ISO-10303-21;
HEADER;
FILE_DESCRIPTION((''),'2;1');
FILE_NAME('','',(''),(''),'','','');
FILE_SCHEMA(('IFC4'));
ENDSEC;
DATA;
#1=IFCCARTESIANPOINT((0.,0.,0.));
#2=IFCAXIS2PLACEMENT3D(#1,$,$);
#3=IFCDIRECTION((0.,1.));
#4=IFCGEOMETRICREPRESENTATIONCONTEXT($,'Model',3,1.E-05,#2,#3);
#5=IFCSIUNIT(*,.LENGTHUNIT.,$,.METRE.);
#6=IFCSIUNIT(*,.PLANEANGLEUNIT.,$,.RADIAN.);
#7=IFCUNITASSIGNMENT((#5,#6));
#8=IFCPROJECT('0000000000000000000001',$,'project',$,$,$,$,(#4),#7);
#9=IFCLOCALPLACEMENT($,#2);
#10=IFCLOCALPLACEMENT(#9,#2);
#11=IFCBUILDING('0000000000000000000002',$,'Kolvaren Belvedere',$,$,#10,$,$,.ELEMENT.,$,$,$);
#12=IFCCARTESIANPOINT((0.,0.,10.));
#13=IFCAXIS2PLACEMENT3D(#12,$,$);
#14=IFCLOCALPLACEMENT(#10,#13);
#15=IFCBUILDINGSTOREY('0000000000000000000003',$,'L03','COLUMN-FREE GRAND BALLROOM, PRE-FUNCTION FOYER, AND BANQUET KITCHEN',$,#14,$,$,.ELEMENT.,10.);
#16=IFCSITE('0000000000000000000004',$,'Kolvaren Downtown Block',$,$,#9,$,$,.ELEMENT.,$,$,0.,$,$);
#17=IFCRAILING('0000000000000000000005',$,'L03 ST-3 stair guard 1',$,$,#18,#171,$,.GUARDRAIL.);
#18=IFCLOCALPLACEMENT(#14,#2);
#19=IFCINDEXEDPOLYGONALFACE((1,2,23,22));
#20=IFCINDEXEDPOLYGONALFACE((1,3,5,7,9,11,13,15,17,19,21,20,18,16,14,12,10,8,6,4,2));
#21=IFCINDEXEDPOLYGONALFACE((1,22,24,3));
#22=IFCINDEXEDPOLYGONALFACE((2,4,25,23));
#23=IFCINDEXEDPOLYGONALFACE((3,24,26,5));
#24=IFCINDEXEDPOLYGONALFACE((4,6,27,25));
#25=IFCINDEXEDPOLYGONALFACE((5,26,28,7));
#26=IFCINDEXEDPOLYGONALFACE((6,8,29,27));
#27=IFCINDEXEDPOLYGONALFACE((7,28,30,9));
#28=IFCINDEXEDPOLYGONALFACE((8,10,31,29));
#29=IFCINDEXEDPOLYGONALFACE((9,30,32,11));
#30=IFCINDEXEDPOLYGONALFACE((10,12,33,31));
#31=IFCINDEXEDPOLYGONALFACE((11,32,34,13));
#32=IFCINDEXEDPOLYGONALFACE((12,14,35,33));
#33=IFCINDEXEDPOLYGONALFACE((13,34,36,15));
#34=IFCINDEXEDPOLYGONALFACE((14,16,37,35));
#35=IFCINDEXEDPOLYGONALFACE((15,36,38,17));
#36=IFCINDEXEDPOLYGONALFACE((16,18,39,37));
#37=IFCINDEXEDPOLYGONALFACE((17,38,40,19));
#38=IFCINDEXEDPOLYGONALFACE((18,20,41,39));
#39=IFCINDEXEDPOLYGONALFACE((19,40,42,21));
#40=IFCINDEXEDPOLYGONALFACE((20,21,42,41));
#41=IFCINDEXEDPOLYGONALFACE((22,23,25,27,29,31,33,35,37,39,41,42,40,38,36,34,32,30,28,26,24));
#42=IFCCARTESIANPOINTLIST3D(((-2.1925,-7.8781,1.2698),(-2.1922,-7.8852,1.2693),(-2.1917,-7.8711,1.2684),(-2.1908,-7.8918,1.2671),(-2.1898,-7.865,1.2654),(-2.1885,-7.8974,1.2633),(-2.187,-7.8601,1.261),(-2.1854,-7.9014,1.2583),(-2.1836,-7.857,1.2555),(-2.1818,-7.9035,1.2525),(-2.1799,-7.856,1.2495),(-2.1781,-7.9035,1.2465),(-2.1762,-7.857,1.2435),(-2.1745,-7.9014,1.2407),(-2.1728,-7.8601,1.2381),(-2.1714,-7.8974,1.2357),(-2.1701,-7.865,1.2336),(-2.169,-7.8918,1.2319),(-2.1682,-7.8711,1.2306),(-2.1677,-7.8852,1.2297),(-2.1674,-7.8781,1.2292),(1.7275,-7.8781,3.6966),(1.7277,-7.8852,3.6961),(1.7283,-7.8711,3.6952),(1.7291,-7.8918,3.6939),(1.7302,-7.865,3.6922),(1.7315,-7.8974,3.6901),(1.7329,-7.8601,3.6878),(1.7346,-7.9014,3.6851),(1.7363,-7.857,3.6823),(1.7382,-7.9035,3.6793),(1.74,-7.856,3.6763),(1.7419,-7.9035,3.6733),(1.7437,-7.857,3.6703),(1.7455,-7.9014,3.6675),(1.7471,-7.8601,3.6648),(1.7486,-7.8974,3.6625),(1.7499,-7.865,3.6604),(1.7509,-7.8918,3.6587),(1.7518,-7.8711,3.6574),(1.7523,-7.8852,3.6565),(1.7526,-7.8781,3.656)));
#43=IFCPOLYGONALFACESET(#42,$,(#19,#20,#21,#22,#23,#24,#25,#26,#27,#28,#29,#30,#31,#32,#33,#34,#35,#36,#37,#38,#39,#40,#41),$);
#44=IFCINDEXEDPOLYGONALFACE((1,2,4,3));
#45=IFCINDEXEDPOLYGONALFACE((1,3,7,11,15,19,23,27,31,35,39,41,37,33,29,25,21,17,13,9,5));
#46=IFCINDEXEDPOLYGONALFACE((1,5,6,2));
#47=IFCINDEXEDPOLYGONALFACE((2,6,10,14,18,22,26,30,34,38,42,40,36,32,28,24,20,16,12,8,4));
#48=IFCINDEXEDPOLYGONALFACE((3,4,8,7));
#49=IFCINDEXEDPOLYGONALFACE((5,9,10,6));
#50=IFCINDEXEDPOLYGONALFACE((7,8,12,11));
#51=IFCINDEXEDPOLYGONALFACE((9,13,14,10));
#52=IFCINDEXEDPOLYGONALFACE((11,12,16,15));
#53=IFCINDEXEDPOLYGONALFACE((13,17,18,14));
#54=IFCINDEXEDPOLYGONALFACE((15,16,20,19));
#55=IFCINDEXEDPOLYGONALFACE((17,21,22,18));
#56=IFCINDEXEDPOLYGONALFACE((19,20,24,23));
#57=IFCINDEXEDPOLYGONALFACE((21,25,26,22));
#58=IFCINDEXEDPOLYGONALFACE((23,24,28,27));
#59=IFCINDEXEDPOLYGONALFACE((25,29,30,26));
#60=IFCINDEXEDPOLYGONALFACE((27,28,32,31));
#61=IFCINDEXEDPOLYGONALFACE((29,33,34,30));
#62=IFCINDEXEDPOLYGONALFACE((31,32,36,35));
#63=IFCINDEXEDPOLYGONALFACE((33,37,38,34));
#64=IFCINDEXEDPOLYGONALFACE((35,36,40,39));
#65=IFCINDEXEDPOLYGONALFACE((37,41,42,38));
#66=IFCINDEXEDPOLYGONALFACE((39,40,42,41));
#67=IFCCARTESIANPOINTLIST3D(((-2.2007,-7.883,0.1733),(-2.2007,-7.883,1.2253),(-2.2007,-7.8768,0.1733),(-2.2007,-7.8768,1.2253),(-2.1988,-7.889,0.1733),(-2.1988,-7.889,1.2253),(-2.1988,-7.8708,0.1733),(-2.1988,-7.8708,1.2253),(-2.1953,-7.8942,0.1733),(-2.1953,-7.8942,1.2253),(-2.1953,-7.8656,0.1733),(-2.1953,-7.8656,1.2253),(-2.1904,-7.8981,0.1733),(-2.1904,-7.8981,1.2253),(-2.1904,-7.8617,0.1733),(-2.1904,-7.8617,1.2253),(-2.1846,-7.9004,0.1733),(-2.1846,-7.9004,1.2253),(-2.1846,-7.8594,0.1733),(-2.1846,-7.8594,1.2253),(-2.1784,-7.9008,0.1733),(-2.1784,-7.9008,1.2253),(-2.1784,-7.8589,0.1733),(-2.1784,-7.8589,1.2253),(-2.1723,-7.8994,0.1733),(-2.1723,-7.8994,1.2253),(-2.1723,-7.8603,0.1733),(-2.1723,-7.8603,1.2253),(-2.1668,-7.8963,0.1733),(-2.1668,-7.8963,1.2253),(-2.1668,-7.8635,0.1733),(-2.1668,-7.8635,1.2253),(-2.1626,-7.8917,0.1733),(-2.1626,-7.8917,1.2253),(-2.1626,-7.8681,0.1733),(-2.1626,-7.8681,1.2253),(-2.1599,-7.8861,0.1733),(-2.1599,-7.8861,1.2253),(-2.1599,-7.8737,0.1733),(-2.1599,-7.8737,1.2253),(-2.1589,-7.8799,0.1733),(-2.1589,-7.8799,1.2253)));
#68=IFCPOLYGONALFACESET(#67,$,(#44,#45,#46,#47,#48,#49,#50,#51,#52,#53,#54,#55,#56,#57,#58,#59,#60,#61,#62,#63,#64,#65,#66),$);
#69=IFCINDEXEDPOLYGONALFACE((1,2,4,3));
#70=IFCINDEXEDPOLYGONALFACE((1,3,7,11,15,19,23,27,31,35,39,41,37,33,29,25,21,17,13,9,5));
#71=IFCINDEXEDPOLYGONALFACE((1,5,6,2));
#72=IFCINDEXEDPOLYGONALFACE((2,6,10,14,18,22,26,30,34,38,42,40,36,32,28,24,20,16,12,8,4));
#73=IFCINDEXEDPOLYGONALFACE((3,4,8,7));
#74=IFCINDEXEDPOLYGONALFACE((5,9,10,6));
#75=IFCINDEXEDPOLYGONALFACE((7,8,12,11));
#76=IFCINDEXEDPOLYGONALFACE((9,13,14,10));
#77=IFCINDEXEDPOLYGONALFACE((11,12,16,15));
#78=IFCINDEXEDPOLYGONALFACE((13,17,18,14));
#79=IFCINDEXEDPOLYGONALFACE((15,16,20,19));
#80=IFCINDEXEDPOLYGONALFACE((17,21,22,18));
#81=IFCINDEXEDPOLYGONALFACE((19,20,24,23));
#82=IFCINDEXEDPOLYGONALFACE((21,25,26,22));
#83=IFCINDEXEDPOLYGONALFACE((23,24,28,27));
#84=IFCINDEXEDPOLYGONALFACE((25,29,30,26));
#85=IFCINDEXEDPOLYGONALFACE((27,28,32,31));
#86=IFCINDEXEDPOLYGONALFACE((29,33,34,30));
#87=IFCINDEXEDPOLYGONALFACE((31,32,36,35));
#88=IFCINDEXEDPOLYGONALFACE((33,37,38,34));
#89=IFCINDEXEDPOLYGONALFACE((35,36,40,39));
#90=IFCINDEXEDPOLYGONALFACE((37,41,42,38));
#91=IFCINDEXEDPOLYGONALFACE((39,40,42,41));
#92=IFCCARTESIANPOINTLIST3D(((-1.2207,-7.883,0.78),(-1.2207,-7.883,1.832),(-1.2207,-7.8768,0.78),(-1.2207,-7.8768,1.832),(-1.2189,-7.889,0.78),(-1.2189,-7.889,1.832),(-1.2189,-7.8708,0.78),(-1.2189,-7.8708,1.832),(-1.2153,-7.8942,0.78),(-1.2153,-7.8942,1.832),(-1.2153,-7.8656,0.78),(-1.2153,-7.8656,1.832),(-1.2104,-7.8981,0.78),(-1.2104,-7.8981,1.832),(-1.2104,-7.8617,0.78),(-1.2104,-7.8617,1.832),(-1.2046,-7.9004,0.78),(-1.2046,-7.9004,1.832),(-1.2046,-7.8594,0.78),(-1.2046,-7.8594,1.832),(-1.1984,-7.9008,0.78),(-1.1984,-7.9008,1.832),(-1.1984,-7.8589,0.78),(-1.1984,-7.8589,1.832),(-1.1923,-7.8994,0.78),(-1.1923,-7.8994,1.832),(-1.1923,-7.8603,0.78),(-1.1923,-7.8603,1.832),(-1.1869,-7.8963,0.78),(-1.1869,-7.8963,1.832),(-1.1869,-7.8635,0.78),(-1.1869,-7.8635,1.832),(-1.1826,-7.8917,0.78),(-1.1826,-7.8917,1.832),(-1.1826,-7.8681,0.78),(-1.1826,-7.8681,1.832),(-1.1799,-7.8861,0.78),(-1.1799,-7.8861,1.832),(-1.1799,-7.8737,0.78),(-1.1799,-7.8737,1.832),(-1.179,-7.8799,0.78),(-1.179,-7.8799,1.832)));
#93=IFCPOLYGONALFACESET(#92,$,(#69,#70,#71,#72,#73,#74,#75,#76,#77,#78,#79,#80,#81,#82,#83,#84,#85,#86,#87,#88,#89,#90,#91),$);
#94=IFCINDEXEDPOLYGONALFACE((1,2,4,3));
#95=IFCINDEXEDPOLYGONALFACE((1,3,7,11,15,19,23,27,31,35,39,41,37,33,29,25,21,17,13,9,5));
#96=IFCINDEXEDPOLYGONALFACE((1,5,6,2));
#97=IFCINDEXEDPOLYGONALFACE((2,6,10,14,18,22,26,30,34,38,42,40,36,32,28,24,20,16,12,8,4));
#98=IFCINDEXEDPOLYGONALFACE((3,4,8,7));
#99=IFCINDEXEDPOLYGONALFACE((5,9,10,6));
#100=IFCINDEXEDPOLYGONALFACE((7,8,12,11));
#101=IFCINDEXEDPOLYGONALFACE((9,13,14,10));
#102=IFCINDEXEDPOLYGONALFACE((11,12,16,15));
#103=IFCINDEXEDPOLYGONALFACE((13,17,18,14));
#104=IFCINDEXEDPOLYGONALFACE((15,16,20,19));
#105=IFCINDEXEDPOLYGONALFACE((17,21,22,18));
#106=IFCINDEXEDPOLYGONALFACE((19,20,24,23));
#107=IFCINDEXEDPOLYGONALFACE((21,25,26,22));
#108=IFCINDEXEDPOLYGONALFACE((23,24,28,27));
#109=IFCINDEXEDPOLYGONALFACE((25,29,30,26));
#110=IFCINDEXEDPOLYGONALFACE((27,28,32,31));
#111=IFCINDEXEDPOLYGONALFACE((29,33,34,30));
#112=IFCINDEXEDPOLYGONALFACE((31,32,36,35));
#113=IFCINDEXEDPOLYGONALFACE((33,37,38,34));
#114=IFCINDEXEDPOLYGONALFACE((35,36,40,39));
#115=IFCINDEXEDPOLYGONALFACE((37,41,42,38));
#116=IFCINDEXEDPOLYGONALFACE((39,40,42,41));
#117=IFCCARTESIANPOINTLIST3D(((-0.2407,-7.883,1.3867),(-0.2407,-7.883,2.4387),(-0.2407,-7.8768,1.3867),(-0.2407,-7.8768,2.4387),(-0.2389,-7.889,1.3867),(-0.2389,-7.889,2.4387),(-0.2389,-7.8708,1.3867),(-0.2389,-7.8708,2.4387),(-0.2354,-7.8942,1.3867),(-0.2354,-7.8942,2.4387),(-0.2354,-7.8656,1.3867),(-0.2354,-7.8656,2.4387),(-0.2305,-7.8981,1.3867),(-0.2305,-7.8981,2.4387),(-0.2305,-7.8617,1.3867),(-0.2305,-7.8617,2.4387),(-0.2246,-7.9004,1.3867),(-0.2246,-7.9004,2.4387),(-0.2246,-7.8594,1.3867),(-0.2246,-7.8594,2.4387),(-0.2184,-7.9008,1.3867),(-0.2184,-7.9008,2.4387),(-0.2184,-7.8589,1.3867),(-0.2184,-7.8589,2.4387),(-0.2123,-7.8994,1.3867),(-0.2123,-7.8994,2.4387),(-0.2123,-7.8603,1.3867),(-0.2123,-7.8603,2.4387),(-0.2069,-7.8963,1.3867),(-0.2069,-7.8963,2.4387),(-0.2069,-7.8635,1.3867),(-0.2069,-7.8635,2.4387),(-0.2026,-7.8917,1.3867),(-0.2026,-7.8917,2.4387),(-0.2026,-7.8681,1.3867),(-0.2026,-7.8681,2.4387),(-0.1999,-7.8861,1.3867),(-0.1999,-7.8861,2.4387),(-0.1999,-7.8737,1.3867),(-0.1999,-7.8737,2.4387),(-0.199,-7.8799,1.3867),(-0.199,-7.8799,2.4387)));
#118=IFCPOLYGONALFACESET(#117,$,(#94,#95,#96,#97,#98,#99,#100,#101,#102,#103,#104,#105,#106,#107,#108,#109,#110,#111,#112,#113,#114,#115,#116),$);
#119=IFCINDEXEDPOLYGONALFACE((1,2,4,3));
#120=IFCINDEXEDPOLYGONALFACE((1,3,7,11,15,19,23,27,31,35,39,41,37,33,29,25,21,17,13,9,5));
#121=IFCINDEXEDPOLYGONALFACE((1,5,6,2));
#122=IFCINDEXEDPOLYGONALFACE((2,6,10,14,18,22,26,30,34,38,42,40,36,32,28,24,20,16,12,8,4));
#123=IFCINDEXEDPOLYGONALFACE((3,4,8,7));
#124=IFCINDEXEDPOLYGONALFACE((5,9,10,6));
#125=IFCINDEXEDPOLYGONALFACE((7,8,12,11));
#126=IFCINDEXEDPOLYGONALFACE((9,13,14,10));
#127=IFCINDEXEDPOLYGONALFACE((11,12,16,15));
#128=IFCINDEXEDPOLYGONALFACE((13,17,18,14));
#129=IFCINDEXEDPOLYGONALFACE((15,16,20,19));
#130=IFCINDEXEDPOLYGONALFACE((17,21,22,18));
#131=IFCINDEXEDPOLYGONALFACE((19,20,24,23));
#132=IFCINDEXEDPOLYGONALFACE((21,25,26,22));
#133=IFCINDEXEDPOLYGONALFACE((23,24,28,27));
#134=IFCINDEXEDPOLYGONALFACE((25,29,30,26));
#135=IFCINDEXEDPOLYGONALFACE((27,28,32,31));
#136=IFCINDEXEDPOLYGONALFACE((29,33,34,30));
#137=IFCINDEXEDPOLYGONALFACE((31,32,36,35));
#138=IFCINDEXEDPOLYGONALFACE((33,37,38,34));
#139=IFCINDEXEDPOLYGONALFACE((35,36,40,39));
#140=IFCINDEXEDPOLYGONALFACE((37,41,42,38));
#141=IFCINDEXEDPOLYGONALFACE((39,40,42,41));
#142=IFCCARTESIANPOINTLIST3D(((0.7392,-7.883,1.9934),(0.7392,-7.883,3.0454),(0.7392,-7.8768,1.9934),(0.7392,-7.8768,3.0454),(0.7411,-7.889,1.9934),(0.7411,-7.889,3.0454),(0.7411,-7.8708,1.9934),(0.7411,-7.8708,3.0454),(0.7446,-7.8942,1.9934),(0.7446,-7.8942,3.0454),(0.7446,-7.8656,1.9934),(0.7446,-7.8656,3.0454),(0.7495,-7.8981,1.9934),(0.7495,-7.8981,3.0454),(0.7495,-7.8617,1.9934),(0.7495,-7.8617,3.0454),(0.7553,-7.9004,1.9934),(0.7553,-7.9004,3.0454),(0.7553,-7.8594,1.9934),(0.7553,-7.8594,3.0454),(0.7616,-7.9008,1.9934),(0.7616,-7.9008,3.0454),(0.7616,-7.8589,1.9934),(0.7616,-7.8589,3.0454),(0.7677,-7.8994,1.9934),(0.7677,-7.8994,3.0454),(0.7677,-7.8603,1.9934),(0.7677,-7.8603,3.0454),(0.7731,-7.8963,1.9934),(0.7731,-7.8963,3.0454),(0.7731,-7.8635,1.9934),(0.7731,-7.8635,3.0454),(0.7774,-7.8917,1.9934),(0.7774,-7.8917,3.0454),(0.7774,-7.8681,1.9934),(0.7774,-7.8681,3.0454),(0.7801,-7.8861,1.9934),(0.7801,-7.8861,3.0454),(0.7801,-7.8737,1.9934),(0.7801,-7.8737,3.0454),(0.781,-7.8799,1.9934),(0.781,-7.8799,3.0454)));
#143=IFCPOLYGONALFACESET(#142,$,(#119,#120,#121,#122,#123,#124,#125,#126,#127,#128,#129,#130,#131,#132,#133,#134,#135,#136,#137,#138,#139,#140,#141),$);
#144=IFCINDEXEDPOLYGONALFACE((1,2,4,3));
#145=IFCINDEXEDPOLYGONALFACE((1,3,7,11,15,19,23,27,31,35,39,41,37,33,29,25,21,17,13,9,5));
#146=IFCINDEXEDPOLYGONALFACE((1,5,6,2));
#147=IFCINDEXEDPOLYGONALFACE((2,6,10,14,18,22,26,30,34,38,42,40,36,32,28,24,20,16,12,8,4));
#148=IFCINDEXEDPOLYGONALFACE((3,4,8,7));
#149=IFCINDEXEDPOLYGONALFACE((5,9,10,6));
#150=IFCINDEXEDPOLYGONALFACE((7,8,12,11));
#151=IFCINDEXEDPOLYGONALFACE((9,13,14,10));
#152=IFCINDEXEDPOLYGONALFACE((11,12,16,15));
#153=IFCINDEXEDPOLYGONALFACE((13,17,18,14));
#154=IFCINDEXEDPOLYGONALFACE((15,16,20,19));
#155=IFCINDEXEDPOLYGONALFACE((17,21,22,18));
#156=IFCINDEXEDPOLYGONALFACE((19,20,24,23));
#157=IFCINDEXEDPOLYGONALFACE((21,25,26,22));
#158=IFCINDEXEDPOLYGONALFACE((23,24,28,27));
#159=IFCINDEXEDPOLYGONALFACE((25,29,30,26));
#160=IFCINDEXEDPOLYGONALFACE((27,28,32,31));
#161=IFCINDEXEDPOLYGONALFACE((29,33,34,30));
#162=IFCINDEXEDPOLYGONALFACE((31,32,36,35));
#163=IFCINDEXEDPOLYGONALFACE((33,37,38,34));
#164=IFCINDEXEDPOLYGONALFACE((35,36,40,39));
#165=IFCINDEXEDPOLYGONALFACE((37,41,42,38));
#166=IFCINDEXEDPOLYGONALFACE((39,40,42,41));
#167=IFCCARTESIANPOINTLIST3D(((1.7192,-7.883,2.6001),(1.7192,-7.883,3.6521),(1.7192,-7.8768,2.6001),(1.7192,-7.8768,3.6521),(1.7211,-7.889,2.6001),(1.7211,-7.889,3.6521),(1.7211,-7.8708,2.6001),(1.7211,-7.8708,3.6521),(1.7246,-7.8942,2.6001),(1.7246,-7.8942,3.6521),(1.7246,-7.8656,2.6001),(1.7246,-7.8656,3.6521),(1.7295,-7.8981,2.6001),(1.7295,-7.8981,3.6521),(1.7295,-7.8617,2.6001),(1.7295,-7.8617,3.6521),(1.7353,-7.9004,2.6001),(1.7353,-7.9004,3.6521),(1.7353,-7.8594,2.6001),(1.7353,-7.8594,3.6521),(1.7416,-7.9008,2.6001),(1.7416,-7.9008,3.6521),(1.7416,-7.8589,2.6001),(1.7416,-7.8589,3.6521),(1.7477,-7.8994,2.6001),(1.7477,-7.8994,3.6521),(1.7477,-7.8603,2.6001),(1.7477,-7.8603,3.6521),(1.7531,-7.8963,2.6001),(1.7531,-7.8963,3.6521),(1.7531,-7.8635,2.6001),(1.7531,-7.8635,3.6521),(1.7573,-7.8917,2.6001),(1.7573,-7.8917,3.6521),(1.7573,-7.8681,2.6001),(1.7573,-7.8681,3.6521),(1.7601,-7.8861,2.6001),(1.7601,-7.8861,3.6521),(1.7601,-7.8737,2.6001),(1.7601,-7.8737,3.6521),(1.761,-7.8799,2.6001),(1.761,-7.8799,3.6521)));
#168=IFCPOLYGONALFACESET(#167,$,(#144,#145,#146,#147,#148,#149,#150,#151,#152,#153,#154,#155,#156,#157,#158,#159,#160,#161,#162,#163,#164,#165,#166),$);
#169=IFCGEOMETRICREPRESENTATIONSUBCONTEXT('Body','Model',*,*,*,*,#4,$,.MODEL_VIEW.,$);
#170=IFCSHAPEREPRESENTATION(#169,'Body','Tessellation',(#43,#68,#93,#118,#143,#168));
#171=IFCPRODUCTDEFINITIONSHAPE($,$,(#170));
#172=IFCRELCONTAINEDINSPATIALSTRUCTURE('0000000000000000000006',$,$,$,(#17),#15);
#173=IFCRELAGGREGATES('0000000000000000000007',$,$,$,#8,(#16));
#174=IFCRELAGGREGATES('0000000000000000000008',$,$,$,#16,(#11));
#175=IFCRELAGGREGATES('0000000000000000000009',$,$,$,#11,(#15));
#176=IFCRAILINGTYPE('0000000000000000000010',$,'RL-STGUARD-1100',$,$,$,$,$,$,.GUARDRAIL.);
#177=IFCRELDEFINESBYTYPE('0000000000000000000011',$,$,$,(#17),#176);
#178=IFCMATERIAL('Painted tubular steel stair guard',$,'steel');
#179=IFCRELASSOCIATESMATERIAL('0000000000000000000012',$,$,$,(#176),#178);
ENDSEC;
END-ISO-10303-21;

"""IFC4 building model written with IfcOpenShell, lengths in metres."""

from ifc_helpers import new_model, si_unit, direction, frame, origin, origin_2d, place, context, subcontext, project, spatial, circle, extrude, material, type_object, element, save


model = new_model("IFC4")

# Units and contexts
model_context = context("Model", 3, precision=1e-05, world=origin(), true_north=direction((0.0, 1.0)))
body_context = subcontext(model_context, "Body", "Model", "MODEL_VIEW")
ifc_project = project(units=[si_unit("LENGTHUNIT", "METRE"), si_unit("PLANEANGLEUNIT", "RADIAN")], contexts=[model_context])

# Site, building, storey
site_placement = place(None, origin())
site = spatial("IfcSite", under=ifc_project, at=site_placement, Name="Kolvaren Downtown Block", CompositionType="ELEMENT", RefElevation=0.0)
building_placement = place(site_placement, origin())
building = spatial("IfcBuilding", under=site, at=building_placement, Name="Kolvaren Belvedere", CompositionType="ELEMENT")
storey_placement = place(building_placement, frame((0.0, 0.0, 10.0)))
storey = spatial("IfcBuildingStorey", under=building, at=storey_placement, Name="L03", Description="COLUMN-FREE GRAND BALLROOM, PRE-FUNCTION FOYER, AND BANQUET KITCHEN", CompositionType="ELEMENT", Elevation=10.0)

# Railing
ifc_material_1 = material(Name="Painted tubular steel stair guard", Category="steel")
railing_type_1 = type_object("IfcRailingType", Name="RL-STGUARD-1100", PredefinedType="GUARDRAIL", material=ifc_material_1)
railing_1_placement = place(storey_placement, frame((-2.1799, -7.8799, 0.1733)))
element("IfcRailing", 1, at=railing_1_placement, inside=storey, type_object=railing_type_1, Name="L03 ST-3 stair guard 1", PredefinedType="GUARDRAIL", context=body_context, shape_type="SweptSolid", body=[
    extrude(circle(Radius=0.0239, at=origin_2d()), frame((0.0, 0.0, 1.0762), z_axis=(0.850252, 0.0, 0.526376), x_axis=(0.0, 1.0, 0.0)), (0.0, 0.0, 1.0), 4.6104),
    extrude(circle(Radius=0.021, at=origin_2d()), origin(), (0.0, 0.0, 1.0), 1.052),
    extrude(circle(Radius=0.021, at=origin_2d()), frame((0.98, 0.0, 0.6067)), (0.0, 0.0, 1.0), 1.052),
    extrude(circle(Radius=0.021, at=origin_2d()), frame((1.96, 0.0, 1.2134)), (0.0, 0.0, 1.0), 1.052),
    extrude(circle(Radius=0.021, at=origin_2d()), frame((2.9399, 0.0, 1.8201)), (0.0, 0.0, 1.0), 1.052),
    extrude(circle(Radius=0.021, at=origin_2d()), frame((3.9199, 0.0, 2.4268)), (0.0, 0.0, 1.0), 1.052),
])

save(model, "model.ifc")
